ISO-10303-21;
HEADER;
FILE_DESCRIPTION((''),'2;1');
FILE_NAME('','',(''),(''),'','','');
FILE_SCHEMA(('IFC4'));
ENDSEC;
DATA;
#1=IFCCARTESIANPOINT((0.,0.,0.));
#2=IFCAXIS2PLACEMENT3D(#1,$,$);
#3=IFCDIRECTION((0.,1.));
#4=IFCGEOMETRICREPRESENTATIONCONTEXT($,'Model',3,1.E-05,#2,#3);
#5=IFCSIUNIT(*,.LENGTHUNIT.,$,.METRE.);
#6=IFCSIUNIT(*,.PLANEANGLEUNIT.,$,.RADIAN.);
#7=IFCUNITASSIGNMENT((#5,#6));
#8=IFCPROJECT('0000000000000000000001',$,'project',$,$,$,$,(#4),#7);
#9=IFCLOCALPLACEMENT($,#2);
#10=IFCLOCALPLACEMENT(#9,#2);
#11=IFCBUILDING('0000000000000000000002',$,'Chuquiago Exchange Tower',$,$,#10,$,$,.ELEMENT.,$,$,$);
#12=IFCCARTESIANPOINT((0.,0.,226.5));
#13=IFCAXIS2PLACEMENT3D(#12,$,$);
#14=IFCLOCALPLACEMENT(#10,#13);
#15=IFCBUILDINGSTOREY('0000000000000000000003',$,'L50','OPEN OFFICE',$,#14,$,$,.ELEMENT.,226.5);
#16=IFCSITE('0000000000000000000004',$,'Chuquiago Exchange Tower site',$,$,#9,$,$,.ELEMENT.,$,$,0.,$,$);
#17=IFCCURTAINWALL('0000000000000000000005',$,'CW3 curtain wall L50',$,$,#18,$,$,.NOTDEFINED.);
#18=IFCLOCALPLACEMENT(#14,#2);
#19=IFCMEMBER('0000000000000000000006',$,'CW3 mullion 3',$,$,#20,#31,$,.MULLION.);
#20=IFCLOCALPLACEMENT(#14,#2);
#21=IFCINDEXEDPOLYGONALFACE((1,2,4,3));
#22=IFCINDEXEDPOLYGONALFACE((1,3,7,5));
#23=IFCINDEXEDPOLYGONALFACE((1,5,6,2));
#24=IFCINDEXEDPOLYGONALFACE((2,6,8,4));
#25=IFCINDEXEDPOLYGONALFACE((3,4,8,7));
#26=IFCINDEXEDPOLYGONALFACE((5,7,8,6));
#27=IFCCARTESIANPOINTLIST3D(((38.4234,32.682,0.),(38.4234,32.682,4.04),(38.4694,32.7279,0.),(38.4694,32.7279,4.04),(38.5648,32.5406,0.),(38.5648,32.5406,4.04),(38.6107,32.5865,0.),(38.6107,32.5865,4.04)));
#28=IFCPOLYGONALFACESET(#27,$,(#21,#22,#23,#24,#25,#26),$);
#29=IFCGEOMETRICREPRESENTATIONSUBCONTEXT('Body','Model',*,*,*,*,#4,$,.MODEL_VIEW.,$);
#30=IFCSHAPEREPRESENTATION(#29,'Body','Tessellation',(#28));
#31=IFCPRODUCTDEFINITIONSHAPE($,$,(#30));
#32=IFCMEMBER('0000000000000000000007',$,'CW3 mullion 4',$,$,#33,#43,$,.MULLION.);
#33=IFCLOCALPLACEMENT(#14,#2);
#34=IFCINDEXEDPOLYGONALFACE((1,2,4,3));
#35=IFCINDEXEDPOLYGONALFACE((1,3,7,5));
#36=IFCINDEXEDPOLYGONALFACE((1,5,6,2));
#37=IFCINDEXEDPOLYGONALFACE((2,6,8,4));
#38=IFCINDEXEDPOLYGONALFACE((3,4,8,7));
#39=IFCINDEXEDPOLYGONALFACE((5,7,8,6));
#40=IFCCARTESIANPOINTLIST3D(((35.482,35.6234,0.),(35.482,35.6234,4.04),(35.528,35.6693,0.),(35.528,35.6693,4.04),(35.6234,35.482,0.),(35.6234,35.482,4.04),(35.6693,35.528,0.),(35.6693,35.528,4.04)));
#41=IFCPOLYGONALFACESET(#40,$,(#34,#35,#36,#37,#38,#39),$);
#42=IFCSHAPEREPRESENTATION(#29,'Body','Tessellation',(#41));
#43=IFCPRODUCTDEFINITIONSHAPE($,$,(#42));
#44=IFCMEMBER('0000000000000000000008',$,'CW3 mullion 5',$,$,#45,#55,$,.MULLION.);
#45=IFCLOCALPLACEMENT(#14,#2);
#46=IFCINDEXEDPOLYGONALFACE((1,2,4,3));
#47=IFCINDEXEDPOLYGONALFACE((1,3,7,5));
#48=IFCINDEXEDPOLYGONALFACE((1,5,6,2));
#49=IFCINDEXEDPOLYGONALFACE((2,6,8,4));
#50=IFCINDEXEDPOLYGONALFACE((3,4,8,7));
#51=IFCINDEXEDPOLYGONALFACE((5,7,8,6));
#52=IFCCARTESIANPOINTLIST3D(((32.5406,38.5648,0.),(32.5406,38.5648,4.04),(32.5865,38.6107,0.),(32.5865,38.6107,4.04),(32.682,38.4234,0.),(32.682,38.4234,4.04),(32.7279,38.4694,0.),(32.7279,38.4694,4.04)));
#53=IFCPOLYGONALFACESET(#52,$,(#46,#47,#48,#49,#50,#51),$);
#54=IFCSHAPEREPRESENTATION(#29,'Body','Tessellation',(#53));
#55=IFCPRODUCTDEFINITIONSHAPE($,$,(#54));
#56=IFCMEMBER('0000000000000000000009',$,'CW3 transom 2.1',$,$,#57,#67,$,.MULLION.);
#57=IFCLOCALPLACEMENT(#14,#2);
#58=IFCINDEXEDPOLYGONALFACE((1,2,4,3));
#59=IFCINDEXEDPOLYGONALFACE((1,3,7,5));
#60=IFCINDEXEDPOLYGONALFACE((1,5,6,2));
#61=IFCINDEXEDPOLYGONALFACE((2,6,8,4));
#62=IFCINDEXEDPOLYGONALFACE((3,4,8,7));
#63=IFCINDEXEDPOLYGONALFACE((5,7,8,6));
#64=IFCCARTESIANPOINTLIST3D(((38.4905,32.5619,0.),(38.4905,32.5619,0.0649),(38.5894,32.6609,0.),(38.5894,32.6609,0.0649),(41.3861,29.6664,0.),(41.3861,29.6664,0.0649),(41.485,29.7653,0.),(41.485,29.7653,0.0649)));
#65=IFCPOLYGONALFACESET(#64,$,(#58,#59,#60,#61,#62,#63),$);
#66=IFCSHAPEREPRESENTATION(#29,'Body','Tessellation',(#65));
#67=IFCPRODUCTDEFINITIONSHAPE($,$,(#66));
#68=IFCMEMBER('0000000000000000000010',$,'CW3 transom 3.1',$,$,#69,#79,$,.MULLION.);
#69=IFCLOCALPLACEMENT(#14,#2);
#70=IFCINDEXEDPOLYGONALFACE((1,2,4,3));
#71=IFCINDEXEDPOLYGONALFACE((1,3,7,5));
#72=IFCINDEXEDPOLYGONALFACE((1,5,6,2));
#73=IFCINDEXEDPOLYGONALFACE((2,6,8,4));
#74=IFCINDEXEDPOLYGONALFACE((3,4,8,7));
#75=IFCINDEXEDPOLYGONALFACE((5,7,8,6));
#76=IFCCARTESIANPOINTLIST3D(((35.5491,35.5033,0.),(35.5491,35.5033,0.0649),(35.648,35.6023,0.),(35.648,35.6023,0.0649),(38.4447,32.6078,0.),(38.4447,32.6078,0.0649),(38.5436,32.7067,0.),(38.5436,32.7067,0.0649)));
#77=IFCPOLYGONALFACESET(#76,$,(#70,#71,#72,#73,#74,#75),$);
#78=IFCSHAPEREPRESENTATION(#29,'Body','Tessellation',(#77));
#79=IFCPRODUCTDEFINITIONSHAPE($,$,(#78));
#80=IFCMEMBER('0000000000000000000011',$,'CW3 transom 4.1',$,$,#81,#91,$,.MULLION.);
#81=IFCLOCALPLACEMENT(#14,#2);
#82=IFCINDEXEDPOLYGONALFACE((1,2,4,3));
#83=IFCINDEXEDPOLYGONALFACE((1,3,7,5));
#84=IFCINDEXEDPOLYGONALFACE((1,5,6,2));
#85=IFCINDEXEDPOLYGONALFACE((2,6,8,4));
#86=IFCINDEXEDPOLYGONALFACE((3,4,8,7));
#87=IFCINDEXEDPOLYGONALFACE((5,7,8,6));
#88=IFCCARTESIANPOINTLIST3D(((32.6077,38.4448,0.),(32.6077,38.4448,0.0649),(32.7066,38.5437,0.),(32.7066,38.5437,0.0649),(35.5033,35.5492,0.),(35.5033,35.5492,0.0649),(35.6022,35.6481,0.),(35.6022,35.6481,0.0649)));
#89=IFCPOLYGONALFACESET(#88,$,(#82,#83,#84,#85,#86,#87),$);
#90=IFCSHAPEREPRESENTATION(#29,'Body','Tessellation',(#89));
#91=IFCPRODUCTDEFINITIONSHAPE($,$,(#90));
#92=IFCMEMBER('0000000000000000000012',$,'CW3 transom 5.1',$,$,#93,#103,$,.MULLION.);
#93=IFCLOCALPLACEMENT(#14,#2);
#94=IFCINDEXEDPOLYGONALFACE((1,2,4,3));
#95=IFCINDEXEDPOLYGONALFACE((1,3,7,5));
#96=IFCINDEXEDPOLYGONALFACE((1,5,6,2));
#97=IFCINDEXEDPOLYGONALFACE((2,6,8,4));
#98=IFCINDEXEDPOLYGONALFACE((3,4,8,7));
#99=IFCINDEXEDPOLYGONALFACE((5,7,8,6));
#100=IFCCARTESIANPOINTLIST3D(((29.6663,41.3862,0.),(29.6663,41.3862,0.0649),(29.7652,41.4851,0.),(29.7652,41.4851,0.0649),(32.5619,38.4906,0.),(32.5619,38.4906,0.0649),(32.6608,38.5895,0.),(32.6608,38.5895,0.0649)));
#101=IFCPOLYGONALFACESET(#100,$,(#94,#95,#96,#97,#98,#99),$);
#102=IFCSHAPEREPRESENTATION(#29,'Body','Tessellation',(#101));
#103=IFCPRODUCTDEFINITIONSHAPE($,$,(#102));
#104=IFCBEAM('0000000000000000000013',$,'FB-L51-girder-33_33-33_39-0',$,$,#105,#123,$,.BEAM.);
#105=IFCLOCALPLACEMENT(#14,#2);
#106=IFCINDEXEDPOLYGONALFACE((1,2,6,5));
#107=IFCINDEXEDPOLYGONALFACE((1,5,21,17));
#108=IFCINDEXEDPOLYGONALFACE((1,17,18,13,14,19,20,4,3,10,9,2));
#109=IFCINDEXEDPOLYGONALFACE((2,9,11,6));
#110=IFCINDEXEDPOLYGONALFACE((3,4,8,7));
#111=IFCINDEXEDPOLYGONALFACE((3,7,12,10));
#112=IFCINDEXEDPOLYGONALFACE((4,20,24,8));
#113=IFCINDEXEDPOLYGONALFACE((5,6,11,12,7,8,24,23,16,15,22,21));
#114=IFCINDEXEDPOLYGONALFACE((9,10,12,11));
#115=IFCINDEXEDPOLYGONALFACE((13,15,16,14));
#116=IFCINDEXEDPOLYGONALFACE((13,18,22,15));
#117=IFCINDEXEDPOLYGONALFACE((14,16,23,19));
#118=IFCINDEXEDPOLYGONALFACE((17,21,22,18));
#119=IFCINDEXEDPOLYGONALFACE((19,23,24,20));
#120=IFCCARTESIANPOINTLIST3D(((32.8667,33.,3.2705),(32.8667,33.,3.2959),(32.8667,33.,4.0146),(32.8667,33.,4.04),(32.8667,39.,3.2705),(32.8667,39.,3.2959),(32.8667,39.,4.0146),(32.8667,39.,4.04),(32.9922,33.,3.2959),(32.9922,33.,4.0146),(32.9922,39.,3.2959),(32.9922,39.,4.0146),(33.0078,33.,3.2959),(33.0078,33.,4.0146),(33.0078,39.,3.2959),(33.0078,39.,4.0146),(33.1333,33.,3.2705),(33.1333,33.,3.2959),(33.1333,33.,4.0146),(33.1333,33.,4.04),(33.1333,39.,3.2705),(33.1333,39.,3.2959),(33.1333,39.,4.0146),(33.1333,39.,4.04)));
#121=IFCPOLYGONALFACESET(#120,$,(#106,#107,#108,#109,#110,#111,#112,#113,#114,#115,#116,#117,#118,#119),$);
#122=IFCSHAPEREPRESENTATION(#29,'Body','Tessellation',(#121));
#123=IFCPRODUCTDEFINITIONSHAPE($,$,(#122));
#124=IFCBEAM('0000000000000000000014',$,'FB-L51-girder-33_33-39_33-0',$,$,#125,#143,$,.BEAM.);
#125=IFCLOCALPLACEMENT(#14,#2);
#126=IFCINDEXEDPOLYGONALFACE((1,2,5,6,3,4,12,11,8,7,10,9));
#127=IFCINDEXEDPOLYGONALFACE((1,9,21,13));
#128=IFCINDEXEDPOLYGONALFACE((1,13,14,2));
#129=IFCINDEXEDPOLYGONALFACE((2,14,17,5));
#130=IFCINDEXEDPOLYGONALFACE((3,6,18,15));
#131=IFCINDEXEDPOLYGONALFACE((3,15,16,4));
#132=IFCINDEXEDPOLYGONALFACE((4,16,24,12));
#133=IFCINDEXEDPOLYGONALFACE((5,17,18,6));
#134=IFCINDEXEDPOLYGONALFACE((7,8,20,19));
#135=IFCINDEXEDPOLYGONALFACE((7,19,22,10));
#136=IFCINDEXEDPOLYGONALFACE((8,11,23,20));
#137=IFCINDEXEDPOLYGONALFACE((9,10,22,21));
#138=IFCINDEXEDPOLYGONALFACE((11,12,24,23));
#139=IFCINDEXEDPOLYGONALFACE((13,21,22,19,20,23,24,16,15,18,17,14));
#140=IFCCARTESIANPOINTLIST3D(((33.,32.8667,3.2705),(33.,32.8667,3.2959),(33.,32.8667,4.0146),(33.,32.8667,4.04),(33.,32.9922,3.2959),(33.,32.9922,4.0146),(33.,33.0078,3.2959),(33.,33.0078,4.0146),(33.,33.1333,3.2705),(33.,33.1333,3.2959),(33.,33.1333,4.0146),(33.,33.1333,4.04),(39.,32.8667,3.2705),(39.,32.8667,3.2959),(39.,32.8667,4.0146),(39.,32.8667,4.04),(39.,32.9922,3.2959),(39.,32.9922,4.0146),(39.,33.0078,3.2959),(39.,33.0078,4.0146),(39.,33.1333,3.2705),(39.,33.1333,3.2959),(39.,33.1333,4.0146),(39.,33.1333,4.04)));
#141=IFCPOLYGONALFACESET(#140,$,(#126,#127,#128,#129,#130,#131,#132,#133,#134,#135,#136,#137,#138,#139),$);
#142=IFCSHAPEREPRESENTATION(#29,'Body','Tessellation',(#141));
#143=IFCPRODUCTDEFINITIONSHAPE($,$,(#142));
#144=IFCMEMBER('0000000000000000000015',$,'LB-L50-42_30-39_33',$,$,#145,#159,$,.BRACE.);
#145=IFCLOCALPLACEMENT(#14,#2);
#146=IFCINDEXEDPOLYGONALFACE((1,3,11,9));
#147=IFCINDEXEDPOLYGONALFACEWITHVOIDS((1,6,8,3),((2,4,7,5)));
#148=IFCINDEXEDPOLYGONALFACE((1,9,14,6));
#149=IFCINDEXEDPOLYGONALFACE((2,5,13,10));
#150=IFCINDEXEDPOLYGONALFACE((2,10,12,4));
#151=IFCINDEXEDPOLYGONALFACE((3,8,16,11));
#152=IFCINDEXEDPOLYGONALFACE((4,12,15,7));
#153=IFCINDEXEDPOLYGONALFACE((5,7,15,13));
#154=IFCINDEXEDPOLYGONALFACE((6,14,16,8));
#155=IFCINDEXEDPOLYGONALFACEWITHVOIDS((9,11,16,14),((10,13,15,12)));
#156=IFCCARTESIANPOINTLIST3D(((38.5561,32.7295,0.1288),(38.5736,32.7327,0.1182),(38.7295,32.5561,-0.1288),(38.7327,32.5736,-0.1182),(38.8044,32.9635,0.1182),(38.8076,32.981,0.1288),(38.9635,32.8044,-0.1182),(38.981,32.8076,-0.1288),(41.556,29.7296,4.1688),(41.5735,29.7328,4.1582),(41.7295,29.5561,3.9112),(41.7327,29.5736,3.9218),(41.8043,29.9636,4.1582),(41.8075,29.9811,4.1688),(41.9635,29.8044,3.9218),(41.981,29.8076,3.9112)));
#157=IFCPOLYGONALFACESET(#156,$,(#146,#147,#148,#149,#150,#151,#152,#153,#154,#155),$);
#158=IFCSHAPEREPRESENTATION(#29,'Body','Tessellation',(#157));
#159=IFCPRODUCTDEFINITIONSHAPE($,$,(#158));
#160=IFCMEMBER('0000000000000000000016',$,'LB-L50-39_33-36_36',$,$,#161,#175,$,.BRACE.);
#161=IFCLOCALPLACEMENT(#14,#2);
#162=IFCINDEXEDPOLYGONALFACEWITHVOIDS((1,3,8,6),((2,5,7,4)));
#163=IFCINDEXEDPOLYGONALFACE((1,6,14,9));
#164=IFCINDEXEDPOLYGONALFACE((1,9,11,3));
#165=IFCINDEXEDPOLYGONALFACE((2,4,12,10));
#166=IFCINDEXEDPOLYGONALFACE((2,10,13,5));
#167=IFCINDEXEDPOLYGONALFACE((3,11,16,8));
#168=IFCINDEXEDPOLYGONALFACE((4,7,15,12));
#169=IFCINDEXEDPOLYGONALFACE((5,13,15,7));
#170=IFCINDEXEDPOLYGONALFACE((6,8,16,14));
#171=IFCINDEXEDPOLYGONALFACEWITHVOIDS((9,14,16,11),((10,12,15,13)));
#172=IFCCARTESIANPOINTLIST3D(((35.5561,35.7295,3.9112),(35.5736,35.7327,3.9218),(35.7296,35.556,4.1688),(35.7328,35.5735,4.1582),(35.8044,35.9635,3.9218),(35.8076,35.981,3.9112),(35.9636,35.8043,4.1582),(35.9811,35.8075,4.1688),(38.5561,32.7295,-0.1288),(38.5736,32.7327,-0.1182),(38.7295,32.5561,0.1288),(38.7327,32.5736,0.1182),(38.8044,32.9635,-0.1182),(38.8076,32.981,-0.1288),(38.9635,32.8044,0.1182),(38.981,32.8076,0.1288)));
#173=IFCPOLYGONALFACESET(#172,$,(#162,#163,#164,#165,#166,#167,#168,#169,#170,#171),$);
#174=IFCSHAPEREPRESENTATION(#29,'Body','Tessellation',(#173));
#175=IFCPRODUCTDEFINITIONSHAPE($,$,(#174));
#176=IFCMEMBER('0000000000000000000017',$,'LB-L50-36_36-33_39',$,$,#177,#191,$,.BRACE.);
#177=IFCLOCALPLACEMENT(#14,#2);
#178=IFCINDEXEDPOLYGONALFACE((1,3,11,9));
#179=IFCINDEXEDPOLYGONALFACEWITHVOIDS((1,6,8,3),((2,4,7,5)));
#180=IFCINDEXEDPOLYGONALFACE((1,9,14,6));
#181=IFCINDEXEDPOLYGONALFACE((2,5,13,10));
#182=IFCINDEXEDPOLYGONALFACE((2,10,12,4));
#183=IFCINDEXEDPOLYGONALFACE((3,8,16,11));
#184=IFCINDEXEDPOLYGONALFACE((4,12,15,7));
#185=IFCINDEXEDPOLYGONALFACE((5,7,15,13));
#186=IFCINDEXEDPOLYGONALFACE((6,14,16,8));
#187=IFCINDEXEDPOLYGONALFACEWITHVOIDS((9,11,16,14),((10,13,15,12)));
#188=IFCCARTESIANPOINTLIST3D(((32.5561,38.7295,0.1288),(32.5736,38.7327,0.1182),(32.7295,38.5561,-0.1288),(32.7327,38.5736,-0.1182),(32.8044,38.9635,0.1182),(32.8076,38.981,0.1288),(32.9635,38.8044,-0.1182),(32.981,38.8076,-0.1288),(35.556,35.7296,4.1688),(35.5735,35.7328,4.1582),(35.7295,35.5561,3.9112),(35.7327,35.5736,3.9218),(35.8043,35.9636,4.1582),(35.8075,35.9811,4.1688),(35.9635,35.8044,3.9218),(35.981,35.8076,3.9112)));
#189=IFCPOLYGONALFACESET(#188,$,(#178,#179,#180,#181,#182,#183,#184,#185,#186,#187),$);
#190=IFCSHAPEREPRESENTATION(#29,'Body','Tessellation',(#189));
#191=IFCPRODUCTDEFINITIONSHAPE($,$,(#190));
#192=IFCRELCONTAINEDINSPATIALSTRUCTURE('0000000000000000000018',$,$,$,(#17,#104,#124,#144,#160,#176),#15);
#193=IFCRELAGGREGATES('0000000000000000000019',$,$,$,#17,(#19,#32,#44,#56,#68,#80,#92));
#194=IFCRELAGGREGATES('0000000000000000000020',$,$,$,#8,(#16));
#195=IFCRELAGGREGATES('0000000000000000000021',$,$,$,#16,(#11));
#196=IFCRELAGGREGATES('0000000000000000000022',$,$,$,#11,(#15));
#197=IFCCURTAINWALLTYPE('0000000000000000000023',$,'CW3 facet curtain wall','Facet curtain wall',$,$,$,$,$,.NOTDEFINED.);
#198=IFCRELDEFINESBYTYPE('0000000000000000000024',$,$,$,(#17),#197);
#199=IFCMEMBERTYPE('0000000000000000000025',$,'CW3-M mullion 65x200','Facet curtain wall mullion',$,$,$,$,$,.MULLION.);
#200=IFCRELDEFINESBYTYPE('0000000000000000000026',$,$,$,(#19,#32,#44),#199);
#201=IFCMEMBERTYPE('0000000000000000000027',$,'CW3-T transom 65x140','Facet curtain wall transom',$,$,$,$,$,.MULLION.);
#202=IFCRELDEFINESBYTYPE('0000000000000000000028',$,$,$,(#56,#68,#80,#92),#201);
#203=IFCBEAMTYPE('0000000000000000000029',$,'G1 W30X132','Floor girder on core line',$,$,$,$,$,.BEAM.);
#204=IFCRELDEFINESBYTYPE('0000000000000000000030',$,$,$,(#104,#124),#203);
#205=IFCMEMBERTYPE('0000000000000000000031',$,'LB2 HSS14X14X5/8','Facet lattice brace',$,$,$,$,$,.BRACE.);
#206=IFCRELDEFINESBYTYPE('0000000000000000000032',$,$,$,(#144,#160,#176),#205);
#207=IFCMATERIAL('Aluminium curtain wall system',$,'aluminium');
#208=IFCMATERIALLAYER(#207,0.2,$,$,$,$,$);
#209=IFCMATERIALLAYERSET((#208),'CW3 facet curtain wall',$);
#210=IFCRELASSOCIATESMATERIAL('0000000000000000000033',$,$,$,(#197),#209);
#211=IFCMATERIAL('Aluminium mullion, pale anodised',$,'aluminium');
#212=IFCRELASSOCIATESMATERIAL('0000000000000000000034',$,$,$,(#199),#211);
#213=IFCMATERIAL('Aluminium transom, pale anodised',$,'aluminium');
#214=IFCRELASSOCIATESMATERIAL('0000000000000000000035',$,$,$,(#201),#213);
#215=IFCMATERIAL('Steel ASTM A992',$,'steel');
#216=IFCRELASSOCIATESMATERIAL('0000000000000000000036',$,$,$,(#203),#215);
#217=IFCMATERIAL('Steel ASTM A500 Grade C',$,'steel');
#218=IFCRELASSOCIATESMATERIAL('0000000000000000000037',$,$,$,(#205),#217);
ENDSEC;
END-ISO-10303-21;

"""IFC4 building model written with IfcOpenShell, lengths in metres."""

from ifc_helpers import new_model, si_unit, direction, frame, origin, origin_2d, place, context, subcontext, project, spatial, rectangle, hollow_rectangle, i_section, extrude, material, layer, layer_set, material_profile, profile_set, type_object, element, aggregate, save


model = new_model("IFC4")

# Units and contexts
model_context = context("Model", 3, precision=1e-05, world=origin(), true_north=direction((0.0, 1.0)))
body_context = subcontext(model_context, "Body", "Model", "MODEL_VIEW")
ifc_project = project(units=[si_unit("LENGTHUNIT", "METRE"), si_unit("PLANEANGLEUNIT", "RADIAN")], contexts=[model_context])

# Site, building, storey
site_placement = place(None, origin())
site = spatial("IfcSite", under=ifc_project, at=site_placement, Name="Chuquiago Exchange Tower site", CompositionType="ELEMENT", RefElevation=0.0)
building_placement = place(site_placement, origin())
building = spatial("IfcBuilding", under=site, at=building_placement, Name="Chuquiago Exchange Tower", CompositionType="ELEMENT")
storey_placement = place(building_placement, frame((0.0, 0.0, 226.5)))
storey = spatial("IfcBuildingStorey", under=building, at=storey_placement, Name="L50", Description="OPEN OFFICE", CompositionType="ELEMENT", Elevation=226.5)

# Curtain wall, members
ifc_material_1 = material(Name="Aluminium curtain wall system", Category="aluminium")
ifc_layer_1 = layer(ifc_material_1, 0.2)
ifc_layer_set_1 = layer_set([ifc_layer_1], Name="CW3 facet curtain wall")
curtain_wall_type = type_object("IfcCurtainWallType", Name="CW3 facet curtain wall", Description="Facet curtain wall", PredefinedType="NOTDEFINED", material=ifc_layer_set_1)
curtain_wall_placement = place(storey_placement, origin())
curtain_wall = element("IfcCurtainWall", 1, at=curtain_wall_placement, inside=storey, type_object=curtain_wall_type, Name="CW3 curtain wall L50", PredefinedType="NOTDEFINED")
ifc_material_2 = material(Name="Aluminium mullion, pale anodised", Category="aluminium")
ifc_material_profile_1 = material_profile(ifc_material_2, rectangle(XDim=0.0649, YDim=0.2, at=origin_2d()), Name="AL 65x200")
ifc_profile_set_1 = profile_set([ifc_material_profile_1], Name="Aluminium mullion, pale anodised")
member_type_1 = type_object("IfcMemberType", Name="CW3-M mullion 65x200", Description="Facet curtain wall mullion", PredefinedType="MULLION", material=ifc_profile_set_1)
member_1_placement = place(storey_placement, frame((38.5171, 32.6343, 0.0), z_axis=(0.0, 0.0, 1.0), x_axis=(-0.707107, -0.707107, 0.0)))
member_1 = element("IfcMember", 2, at=member_1_placement, type_object=member_type_1, Name="CW3 mullion 3", PredefinedType="MULLION", context=body_context, shape_type="SweptSolid", body=[
    extrude(rectangle(XDim=0.0649, YDim=0.2, at=origin_2d()), origin(), (0.0, 0.0, 1.0), 4.04),
])
member_2_placement = place(storey_placement, frame((35.5757, 35.5757, 0.0), z_axis=(0.0, 0.0, 1.0), x_axis=(-0.707107, -0.707107, 0.0)))
member_2 = element("IfcMember", 3, at=member_2_placement, type_object=member_type_1, Name="CW3 mullion 4", PredefinedType="MULLION", context=body_context, shape_type="SweptSolid", body=[
    extrude(rectangle(XDim=0.0649, YDim=0.2, at=origin_2d()), origin(), (0.0, 0.0, 1.0), 4.04),
])
member_3_placement = place(storey_placement, frame((32.6343, 38.5171, 0.0), z_axis=(0.0, 0.0, 1.0), x_axis=(-0.707107, -0.707107, 0.0)))
member_3 = element("IfcMember", 4, at=member_3_placement, type_object=member_type_1, Name="CW3 mullion 5", PredefinedType="MULLION", context=body_context, shape_type="SweptSolid", body=[
    extrude(rectangle(XDim=0.0649, YDim=0.2, at=origin_2d()), origin(), (0.0, 0.0, 1.0), 4.04),
])
ifc_material_3 = material(Name="Aluminium transom, pale anodised", Category="aluminium")
ifc_material_profile_2 = material_profile(ifc_material_3, rectangle(XDim=0.1399, YDim=0.0649, at=origin_2d()), Name="AL 140x65")
ifc_profile_set_2 = profile_set([ifc_material_profile_2], Name="Aluminium transom, pale anodised")
member_type_2 = type_object("IfcMemberType", Name="CW3-T transom 65x140", Description="Facet curtain wall transom", PredefinedType="MULLION", material=ifc_profile_set_2)
member_4_placement = place(storey_placement, frame((41.4355, 29.7158, 0.0325), z_axis=(-0.707107, 0.707107, 0.0), x_axis=(-0.707107, -0.707107, 0.0)))
member_4 = element("IfcMember", 5, at=member_4_placement, type_object=member_type_2, Name="CW3 transom 2.1", PredefinedType="MULLION", context=body_context, shape_type="SweptSolid", body=[
    extrude(rectangle(XDim=0.1399, YDim=0.0649, at=origin_2d()), origin(), (0.0, 0.0, 1.0), 4.095),
])
member_5_placement = place(storey_placement, frame((38.4941, 32.6572, 0.0325), z_axis=(-0.707107, 0.707107, 0.0), x_axis=(-0.707107, -0.707107, 0.0)))
member_5 = element("IfcMember", 6, at=member_5_placement, type_object=member_type_2, Name="CW3 transom 3.1", PredefinedType="MULLION", context=body_context, shape_type="SweptSolid", body=[
    extrude(rectangle(XDim=0.1399, YDim=0.0649, at=origin_2d()), origin(), (0.0, 0.0, 1.0), 4.095),
])
member_6_placement = place(storey_placement, frame((35.5527, 35.5986, 0.0325), z_axis=(-0.707107, 0.707107, 0.0), x_axis=(-0.707107, -0.707107, 0.0)))
member_6 = element("IfcMember", 7, at=member_6_placement, type_object=member_type_2, Name="CW3 transom 4.1", PredefinedType="MULLION", context=body_context, shape_type="SweptSolid", body=[
    extrude(rectangle(XDim=0.1399, YDim=0.0649, at=origin_2d()), origin(), (0.0, 0.0, 1.0), 4.095),
])
member_7_placement = place(storey_placement, frame((32.6113, 38.54, 0.0325), z_axis=(-0.707107, 0.707107, 0.0), x_axis=(-0.707107, -0.707107, 0.0)))
member_7 = element("IfcMember", 8, at=member_7_placement, type_object=member_type_2, Name="CW3 transom 5.1", PredefinedType="MULLION", context=body_context, shape_type="SweptSolid", body=[
    extrude(rectangle(XDim=0.1399, YDim=0.0649, at=origin_2d()), origin(), (0.0, 0.0, 1.0), 4.095),
])

# Beams
ifc_material_4 = material(Name="Steel ASTM A992", Category="steel")
ifc_material_profile_3 = material_profile(ifc_material_4, i_section(OverallWidth=0.2666, OverallDepth=0.7695, WebThickness=0.0156, FlangeThickness=0.0254, at=origin_2d()), Name="W30X132")
ifc_profile_set_3 = profile_set([ifc_material_profile_3], Name="Steel ASTM A992")
beam_type_1 = type_object("IfcBeamType", Name="G1 W30X132", Description="Floor girder on core line", PredefinedType="BEAM", material=ifc_profile_set_3)
for number, where, z_axis, x_axis, name in (
    (9, (33.0, 33.0, 3.6553), (0.0, 1.0, 0.0), (-1.0, 0.0, 0.0), "FB-L51-girder-33_33-33_39-0"),
    (10, (33.0, 33.0, 3.6553), (1.0, 0.0, 0.0), (0.0, 1.0, 0.0), "FB-L51-girder-33_33-39_33-0"),
):
    element("IfcBeam", number, at=place(storey_placement, frame(where, z_axis=z_axis, x_axis=x_axis)), inside=storey, type_object=beam_type_1, Name=name, PredefinedType="BEAM", context=body_context, shape_type="SweptSolid", body=[
        extrude(i_section(OverallWidth=0.2666, OverallDepth=0.7695, WebThickness=0.0156, FlangeThickness=0.0254, at=origin_2d()), origin(), (0.0, 0.0, 1.0), 6.0),
    ])

# Members
ifc_material_5 = material(Name="Steel ASTM A500 Grade C", Category="steel")
ifc_material_profile_4 = material_profile(ifc_material_5, hollow_rectangle(XDim=0.3557, YDim=0.3557, WallThickness=0.0146, at=origin_2d()), Name="HSS14X14X5/8")
ifc_profile_set_4 = profile_set([ifc_material_profile_4], Name="Steel ASTM A500 Grade C")
member_type_3 = type_object("IfcMemberType", Name="LB2 HSS14X14X5/8", Description="Facet lattice brace", PredefinedType="BRACE", material=ifc_profile_set_4)
for number, where, z_axis, x_axis, name in (
    (11, (38.7686, 32.7686, 0.0), (0.512077, -0.512077, 0.689604), (0.707107, 0.707107, 0.0), "LB-L50-42_30-39_33"),
    (12, (38.7686, 32.7686, 0.0), (-0.512077, 0.512077, 0.689604), (-0.707107, -0.707107, 0.0), "LB-L50-39_33-36_36"),
    (13, (32.7686, 38.7686, 0.0), (0.512077, -0.512077, 0.689604), (0.707107, 0.707107, 0.0), "LB-L50-36_36-33_39"),
):
    element("IfcMember", number, at=place(storey_placement, frame(where, z_axis=z_axis, x_axis=x_axis)), inside=storey, type_object=member_type_3, Name=name, PredefinedType="BRACE", context=body_context, shape_type="SweptSolid", body=[
        extrude(hollow_rectangle(XDim=0.3557, YDim=0.3557, WallThickness=0.0146, at=origin_2d()), origin(), (0.0, 0.0, 1.0), 5.8584),
    ])

aggregate(curtain_wall, [member_1, member_2, member_3, member_4, member_5, member_6, member_7])

save(model, "model.ifc")
